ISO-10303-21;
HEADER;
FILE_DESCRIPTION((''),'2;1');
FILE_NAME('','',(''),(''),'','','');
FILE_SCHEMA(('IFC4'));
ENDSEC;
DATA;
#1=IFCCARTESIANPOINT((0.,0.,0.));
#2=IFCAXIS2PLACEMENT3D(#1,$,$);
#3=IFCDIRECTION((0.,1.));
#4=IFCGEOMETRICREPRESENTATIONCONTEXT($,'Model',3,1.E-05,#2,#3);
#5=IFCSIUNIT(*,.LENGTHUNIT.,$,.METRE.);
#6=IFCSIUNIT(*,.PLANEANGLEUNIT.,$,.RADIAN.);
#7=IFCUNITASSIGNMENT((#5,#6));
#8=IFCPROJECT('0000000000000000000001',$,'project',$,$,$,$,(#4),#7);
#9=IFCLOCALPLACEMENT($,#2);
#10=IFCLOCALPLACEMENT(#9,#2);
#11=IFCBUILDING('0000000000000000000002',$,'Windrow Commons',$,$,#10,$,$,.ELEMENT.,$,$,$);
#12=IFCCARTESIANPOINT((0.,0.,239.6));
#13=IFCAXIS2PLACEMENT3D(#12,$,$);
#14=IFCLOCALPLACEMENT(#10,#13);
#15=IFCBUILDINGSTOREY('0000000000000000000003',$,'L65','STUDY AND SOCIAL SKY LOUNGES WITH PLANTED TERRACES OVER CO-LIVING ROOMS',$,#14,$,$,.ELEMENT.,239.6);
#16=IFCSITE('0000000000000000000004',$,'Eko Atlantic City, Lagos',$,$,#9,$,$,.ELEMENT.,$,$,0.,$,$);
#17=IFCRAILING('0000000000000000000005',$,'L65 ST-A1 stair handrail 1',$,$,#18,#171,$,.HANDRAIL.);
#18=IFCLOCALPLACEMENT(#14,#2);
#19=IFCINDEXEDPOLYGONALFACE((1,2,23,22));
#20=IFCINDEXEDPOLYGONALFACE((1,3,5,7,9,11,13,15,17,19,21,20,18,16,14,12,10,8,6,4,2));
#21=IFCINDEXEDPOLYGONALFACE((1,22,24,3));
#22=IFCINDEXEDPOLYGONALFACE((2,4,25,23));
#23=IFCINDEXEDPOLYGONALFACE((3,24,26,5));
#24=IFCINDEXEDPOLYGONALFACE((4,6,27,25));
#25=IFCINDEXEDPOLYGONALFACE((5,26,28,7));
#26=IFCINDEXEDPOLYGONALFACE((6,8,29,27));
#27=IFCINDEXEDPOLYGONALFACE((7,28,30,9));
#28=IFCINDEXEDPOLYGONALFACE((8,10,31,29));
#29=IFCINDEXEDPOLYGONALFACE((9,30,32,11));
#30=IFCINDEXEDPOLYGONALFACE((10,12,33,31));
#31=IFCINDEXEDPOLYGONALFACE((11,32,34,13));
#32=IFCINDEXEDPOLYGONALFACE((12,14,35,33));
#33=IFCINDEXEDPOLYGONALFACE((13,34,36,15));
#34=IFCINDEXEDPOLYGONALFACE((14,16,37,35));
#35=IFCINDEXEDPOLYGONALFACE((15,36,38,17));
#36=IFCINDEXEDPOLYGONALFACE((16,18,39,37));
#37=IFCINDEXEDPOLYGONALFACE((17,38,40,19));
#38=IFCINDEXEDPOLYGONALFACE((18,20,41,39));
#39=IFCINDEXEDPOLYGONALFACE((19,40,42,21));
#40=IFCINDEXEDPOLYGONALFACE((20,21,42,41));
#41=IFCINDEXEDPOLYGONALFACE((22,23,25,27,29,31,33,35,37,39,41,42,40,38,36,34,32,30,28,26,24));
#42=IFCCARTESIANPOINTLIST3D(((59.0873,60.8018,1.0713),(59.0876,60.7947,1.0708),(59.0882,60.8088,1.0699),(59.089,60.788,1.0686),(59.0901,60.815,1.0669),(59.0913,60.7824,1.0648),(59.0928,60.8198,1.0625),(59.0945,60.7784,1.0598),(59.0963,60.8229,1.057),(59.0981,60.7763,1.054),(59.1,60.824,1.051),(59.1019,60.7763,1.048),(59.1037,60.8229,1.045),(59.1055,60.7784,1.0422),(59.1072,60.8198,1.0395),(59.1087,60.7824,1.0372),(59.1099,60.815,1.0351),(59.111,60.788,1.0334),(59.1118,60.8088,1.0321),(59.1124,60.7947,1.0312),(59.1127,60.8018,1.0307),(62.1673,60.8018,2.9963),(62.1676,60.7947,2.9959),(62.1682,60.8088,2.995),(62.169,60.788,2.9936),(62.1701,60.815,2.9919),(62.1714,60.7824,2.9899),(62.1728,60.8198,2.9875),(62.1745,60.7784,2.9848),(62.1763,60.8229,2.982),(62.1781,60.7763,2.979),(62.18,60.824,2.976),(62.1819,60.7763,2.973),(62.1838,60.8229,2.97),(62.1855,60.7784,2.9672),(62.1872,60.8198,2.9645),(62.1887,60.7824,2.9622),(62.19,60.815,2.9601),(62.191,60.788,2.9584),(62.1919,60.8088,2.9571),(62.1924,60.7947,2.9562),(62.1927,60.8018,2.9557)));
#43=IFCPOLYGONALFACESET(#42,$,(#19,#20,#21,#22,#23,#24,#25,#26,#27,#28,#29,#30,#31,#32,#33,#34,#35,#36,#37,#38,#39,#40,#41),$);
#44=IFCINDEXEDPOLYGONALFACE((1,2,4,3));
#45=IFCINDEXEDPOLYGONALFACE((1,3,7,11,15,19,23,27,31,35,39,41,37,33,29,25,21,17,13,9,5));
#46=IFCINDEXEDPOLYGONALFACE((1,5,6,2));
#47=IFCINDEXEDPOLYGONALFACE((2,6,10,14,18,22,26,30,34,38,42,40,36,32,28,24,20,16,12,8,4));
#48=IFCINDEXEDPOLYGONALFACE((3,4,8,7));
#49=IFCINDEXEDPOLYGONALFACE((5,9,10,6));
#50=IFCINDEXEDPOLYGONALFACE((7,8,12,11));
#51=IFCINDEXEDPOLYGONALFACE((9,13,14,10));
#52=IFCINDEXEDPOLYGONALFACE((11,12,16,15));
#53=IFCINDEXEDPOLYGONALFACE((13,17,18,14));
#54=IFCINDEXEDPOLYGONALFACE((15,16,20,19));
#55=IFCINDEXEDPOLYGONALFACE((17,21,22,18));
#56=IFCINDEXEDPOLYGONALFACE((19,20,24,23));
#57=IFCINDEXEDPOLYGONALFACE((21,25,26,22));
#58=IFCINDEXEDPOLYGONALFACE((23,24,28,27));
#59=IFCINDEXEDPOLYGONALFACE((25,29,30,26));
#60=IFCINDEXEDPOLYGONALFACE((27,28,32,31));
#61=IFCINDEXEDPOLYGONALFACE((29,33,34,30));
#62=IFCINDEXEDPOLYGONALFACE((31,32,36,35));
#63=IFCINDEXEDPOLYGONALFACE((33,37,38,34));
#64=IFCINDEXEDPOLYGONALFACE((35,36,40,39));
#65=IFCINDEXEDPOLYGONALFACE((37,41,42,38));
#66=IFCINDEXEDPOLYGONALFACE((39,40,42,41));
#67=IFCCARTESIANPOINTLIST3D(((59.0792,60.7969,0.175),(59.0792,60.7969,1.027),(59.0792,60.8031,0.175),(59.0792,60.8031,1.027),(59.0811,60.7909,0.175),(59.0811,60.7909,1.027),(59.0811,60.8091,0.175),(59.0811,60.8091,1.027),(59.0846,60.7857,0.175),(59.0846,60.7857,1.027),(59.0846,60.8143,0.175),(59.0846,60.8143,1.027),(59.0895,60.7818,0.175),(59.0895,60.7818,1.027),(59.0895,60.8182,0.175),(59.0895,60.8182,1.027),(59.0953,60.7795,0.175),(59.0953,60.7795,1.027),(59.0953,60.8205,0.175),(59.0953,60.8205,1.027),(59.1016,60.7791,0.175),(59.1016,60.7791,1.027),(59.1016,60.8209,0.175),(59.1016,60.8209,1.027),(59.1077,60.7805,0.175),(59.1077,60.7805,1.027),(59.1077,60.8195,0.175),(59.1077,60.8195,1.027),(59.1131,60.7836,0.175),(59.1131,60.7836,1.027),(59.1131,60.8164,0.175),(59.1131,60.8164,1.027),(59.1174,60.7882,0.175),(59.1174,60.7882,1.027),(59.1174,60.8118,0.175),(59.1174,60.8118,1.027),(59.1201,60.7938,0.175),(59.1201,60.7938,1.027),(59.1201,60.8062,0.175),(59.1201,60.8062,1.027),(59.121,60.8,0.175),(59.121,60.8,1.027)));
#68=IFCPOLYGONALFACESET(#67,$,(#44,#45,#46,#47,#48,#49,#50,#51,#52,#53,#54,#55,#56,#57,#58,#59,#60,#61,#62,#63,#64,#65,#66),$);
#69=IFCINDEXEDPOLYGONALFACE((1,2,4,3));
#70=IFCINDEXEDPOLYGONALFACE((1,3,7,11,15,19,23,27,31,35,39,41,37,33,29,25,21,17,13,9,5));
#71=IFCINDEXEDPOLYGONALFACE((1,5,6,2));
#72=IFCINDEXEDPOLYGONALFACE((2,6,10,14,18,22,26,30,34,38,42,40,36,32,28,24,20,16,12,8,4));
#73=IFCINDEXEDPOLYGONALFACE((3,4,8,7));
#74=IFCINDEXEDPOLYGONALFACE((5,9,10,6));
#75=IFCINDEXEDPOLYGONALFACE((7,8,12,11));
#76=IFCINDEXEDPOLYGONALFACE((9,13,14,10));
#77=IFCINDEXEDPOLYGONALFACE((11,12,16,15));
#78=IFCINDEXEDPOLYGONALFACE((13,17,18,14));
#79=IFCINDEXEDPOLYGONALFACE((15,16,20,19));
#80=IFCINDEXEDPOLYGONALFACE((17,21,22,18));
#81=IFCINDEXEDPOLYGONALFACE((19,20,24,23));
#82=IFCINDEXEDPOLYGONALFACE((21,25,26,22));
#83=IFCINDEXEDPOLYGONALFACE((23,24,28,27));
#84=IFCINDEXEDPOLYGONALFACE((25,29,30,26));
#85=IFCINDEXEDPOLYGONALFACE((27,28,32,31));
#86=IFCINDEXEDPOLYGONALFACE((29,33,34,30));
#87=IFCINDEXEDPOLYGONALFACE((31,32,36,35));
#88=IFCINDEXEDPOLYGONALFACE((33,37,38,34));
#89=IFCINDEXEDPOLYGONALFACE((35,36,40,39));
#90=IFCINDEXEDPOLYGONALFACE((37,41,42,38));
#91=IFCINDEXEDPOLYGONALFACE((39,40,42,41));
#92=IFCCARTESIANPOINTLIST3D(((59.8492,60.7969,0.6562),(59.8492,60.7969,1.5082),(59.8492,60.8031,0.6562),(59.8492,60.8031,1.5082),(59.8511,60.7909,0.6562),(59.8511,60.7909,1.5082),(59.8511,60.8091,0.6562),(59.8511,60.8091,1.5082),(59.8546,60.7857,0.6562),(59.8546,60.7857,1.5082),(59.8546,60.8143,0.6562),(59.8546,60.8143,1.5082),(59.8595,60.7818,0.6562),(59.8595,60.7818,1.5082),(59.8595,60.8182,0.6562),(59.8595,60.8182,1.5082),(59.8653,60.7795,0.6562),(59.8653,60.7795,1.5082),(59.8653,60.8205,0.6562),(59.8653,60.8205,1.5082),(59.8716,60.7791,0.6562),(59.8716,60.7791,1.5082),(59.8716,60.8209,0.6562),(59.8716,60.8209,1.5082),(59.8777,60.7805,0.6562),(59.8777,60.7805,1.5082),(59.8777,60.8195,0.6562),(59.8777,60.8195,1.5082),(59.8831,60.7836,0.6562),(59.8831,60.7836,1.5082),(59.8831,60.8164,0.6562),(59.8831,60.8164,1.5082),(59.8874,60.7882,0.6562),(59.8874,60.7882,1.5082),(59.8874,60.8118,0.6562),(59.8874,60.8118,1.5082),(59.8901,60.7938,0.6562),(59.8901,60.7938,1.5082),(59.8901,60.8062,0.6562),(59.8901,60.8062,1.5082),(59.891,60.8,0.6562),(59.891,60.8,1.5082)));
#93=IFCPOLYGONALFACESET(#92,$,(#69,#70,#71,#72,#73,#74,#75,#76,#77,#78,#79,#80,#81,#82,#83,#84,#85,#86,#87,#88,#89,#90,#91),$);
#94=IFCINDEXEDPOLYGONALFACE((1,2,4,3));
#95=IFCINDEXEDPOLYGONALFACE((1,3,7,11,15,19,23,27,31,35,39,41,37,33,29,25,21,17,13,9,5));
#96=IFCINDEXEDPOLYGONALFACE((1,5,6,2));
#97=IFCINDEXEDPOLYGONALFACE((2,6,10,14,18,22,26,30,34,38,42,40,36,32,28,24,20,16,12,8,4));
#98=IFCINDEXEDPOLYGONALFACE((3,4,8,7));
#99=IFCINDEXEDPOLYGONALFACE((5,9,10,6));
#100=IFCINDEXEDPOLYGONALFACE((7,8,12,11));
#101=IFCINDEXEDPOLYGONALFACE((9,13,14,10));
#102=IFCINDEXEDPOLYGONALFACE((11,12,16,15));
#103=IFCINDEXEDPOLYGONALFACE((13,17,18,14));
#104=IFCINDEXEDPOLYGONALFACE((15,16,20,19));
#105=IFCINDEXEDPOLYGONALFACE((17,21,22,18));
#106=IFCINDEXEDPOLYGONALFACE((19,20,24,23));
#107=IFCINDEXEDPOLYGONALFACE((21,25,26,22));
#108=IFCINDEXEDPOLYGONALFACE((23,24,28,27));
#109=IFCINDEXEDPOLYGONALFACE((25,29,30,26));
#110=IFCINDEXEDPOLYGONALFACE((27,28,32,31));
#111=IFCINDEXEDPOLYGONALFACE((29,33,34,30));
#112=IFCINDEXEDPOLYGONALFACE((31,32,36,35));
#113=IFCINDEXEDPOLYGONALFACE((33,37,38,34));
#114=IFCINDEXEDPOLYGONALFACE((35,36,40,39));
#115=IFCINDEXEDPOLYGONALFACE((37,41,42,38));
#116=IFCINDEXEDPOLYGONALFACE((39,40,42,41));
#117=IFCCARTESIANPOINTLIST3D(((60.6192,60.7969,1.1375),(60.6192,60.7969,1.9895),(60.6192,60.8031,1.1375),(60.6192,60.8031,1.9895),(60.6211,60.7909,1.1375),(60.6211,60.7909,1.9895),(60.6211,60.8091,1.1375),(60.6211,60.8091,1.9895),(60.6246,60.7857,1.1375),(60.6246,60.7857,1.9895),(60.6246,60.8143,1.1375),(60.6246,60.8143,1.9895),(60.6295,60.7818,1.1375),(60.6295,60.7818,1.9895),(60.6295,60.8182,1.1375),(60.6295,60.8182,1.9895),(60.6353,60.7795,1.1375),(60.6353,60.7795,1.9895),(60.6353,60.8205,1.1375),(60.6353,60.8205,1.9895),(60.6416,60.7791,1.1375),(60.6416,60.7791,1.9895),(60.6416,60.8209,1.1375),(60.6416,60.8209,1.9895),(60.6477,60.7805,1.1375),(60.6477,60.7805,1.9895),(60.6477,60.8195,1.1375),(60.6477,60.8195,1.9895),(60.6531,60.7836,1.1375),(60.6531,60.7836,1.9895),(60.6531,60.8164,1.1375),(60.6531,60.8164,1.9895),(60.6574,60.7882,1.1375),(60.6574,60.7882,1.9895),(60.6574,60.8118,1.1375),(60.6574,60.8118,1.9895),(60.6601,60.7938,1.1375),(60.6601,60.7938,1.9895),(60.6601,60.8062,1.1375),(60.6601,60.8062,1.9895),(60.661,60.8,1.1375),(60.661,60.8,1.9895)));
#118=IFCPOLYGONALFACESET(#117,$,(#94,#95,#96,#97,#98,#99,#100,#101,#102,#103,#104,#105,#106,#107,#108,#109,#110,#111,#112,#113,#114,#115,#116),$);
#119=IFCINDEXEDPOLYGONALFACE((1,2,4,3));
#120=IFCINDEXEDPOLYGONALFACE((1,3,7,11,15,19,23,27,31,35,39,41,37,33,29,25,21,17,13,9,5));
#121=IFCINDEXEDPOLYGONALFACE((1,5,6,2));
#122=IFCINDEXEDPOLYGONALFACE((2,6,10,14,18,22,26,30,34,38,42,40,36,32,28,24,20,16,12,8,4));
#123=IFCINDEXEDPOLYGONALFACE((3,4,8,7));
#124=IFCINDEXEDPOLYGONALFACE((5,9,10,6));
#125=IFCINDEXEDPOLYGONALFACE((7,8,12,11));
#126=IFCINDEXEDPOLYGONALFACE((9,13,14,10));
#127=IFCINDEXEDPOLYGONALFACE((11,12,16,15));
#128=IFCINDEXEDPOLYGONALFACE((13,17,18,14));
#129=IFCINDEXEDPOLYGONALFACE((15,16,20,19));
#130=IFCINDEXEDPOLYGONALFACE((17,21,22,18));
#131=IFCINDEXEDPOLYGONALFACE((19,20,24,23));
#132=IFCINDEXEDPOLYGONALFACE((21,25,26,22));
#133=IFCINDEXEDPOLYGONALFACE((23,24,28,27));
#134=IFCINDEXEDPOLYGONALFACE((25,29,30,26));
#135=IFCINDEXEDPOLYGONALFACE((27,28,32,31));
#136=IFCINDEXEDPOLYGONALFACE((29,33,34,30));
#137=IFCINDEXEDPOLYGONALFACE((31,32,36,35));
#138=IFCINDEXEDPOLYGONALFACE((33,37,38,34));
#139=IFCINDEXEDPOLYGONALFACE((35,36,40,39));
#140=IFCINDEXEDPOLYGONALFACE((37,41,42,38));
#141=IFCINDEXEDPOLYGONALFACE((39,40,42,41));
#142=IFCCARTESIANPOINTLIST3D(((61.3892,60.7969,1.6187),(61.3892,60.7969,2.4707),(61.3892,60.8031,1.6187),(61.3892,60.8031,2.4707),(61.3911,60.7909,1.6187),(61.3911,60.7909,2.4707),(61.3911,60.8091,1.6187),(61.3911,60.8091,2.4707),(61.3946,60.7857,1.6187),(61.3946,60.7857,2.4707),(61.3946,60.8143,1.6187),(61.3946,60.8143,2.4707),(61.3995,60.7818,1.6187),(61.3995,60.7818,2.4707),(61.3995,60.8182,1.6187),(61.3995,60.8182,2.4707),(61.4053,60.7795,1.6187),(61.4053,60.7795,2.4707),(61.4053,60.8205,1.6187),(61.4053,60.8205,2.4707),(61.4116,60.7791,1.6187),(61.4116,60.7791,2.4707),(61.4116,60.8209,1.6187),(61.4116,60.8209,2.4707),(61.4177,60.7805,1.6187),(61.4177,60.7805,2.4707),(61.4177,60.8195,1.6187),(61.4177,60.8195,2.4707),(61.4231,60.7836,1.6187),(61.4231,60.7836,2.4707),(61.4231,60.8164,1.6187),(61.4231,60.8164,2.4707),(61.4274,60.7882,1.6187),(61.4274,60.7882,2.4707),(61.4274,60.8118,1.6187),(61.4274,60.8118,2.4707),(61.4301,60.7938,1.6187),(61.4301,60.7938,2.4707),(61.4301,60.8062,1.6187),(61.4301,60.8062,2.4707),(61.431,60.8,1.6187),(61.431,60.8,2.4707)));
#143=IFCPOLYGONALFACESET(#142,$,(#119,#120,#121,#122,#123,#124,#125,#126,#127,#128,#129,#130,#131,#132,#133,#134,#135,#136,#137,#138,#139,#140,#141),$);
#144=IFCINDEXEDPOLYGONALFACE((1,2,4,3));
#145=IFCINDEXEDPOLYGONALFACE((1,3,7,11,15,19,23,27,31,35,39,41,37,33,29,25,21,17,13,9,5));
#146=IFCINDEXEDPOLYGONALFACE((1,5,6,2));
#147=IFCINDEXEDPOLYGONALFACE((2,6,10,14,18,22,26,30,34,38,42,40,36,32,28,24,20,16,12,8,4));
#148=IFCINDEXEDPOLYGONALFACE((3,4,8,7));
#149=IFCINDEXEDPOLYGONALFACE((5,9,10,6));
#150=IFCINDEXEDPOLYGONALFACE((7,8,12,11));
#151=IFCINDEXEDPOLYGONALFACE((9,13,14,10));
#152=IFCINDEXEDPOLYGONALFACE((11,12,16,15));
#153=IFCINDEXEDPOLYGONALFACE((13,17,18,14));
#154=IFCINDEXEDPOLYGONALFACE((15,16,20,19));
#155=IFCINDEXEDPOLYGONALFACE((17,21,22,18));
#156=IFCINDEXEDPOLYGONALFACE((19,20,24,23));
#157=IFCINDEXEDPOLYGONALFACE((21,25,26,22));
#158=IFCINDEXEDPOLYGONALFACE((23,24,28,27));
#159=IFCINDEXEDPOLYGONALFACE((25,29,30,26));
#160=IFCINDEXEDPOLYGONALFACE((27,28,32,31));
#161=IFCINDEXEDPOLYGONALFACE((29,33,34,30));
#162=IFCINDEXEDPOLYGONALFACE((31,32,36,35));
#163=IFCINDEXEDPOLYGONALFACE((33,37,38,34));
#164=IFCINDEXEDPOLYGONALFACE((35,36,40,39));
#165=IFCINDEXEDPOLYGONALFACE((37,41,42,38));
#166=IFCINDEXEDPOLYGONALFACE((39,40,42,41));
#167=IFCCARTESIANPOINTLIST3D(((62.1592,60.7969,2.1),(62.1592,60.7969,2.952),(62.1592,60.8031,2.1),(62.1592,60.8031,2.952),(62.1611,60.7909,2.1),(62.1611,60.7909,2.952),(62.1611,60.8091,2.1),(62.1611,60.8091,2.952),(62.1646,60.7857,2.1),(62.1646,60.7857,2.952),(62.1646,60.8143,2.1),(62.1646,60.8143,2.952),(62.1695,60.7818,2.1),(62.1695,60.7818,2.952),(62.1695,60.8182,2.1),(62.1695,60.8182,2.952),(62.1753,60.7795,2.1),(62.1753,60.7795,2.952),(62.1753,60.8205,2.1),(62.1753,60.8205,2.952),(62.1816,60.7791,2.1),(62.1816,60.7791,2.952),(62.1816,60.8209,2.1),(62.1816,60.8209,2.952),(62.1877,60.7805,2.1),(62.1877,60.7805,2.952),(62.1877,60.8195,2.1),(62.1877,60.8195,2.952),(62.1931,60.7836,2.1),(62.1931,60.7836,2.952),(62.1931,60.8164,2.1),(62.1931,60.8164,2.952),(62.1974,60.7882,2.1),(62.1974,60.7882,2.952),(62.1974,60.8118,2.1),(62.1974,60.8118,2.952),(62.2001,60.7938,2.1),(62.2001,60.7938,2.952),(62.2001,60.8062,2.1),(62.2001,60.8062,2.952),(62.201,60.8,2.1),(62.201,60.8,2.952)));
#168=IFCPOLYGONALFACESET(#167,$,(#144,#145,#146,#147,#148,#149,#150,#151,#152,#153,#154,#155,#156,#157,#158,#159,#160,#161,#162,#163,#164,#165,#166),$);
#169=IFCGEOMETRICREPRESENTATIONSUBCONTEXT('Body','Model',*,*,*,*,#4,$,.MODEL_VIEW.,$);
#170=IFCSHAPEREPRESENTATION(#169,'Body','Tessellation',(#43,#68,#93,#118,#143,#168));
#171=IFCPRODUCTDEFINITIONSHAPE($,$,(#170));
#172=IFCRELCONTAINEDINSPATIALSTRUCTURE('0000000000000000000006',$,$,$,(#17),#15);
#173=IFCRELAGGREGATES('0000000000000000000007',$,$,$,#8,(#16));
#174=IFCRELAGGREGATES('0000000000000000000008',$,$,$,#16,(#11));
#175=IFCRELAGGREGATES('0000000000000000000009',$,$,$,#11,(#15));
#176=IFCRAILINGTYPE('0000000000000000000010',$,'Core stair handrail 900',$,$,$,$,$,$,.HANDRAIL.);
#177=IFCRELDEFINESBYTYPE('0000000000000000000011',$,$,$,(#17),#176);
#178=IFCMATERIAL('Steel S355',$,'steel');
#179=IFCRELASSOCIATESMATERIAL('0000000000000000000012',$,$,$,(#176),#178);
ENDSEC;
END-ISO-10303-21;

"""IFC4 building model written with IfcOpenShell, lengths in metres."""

from ifc_helpers import new_model, si_unit, direction, frame, origin, origin_2d, place, context, subcontext, project, spatial, circle, extrude, material, type_object, element, save


model = new_model("IFC4")

# Units and contexts
model_context = context("Model", 3, precision=1e-05, world=origin(), true_north=direction((0.0, 1.0)))
body_context = subcontext(model_context, "Body", "Model", "MODEL_VIEW")
ifc_project = project(units=[si_unit("LENGTHUNIT", "METRE"), si_unit("PLANEANGLEUNIT", "RADIAN")], contexts=[model_context])

# Site, building, storey
site_placement = place(None, origin())
site = spatial("IfcSite", under=ifc_project, at=site_placement, Name="Eko Atlantic City, Lagos", CompositionType="ELEMENT", RefElevation=0.0)
building_placement = place(site_placement, origin())
building = spatial("IfcBuilding", under=site, at=building_placement, Name="Windrow Commons", CompositionType="ELEMENT")
storey_placement = place(building_placement, frame((0.0, 0.0, 239.6)))
storey = spatial("IfcBuildingStorey", under=building, at=storey_placement, Name="L65", Description="STUDY AND SOCIAL SKY LOUNGES WITH PLANTED TERRACES OVER CO-LIVING ROOMS", CompositionType="ELEMENT", Elevation=239.6)

# Railing
ifc_material_1 = material(Name="Steel S355", Category="steel")
railing_type_1 = type_object("IfcRailingType", Name="Core stair handrail 900", PredefinedType="HANDRAIL", material=ifc_material_1)
railing_1_placement = place(storey_placement, frame((59.1, 60.8, 0.175)))
element("IfcRailing", 1, at=railing_1_placement, inside=storey, type_object=railing_type_1, Name="L65 ST-A1 stair handrail 1", PredefinedType="HANDRAIL", context=body_context, shape_type="SweptSolid", body=[
    extrude(circle(Radius=0.024, at=origin_2d()), frame((0.0, 0.0, 0.876), z_axis=(0.847998, 0.0, 0.529999), x_axis=(0.0, 1.0, 0.0)), (0.0, 0.0, 1.0), 3.6321),
    extrude(circle(Radius=0.021, at=origin_2d()), origin(), (0.0, 0.0, 1.0), 0.852),
    extrude(circle(Radius=0.021, at=origin_2d()), frame((0.77, 0.0, 0.4812)), (0.0, 0.0, 1.0), 0.852),
    extrude(circle(Radius=0.021, at=origin_2d()), frame((1.54, 0.0, 0.9625)), (0.0, 0.0, 1.0), 0.852),
    extrude(circle(Radius=0.021, at=origin_2d()), frame((2.31, 0.0, 1.4437)), (0.0, 0.0, 1.0), 0.852),
    extrude(circle(Radius=0.021, at=origin_2d()), frame((3.08, 0.0, 1.925)), (0.0, 0.0, 1.0), 0.852),
])

save(model, "model.ifc")
